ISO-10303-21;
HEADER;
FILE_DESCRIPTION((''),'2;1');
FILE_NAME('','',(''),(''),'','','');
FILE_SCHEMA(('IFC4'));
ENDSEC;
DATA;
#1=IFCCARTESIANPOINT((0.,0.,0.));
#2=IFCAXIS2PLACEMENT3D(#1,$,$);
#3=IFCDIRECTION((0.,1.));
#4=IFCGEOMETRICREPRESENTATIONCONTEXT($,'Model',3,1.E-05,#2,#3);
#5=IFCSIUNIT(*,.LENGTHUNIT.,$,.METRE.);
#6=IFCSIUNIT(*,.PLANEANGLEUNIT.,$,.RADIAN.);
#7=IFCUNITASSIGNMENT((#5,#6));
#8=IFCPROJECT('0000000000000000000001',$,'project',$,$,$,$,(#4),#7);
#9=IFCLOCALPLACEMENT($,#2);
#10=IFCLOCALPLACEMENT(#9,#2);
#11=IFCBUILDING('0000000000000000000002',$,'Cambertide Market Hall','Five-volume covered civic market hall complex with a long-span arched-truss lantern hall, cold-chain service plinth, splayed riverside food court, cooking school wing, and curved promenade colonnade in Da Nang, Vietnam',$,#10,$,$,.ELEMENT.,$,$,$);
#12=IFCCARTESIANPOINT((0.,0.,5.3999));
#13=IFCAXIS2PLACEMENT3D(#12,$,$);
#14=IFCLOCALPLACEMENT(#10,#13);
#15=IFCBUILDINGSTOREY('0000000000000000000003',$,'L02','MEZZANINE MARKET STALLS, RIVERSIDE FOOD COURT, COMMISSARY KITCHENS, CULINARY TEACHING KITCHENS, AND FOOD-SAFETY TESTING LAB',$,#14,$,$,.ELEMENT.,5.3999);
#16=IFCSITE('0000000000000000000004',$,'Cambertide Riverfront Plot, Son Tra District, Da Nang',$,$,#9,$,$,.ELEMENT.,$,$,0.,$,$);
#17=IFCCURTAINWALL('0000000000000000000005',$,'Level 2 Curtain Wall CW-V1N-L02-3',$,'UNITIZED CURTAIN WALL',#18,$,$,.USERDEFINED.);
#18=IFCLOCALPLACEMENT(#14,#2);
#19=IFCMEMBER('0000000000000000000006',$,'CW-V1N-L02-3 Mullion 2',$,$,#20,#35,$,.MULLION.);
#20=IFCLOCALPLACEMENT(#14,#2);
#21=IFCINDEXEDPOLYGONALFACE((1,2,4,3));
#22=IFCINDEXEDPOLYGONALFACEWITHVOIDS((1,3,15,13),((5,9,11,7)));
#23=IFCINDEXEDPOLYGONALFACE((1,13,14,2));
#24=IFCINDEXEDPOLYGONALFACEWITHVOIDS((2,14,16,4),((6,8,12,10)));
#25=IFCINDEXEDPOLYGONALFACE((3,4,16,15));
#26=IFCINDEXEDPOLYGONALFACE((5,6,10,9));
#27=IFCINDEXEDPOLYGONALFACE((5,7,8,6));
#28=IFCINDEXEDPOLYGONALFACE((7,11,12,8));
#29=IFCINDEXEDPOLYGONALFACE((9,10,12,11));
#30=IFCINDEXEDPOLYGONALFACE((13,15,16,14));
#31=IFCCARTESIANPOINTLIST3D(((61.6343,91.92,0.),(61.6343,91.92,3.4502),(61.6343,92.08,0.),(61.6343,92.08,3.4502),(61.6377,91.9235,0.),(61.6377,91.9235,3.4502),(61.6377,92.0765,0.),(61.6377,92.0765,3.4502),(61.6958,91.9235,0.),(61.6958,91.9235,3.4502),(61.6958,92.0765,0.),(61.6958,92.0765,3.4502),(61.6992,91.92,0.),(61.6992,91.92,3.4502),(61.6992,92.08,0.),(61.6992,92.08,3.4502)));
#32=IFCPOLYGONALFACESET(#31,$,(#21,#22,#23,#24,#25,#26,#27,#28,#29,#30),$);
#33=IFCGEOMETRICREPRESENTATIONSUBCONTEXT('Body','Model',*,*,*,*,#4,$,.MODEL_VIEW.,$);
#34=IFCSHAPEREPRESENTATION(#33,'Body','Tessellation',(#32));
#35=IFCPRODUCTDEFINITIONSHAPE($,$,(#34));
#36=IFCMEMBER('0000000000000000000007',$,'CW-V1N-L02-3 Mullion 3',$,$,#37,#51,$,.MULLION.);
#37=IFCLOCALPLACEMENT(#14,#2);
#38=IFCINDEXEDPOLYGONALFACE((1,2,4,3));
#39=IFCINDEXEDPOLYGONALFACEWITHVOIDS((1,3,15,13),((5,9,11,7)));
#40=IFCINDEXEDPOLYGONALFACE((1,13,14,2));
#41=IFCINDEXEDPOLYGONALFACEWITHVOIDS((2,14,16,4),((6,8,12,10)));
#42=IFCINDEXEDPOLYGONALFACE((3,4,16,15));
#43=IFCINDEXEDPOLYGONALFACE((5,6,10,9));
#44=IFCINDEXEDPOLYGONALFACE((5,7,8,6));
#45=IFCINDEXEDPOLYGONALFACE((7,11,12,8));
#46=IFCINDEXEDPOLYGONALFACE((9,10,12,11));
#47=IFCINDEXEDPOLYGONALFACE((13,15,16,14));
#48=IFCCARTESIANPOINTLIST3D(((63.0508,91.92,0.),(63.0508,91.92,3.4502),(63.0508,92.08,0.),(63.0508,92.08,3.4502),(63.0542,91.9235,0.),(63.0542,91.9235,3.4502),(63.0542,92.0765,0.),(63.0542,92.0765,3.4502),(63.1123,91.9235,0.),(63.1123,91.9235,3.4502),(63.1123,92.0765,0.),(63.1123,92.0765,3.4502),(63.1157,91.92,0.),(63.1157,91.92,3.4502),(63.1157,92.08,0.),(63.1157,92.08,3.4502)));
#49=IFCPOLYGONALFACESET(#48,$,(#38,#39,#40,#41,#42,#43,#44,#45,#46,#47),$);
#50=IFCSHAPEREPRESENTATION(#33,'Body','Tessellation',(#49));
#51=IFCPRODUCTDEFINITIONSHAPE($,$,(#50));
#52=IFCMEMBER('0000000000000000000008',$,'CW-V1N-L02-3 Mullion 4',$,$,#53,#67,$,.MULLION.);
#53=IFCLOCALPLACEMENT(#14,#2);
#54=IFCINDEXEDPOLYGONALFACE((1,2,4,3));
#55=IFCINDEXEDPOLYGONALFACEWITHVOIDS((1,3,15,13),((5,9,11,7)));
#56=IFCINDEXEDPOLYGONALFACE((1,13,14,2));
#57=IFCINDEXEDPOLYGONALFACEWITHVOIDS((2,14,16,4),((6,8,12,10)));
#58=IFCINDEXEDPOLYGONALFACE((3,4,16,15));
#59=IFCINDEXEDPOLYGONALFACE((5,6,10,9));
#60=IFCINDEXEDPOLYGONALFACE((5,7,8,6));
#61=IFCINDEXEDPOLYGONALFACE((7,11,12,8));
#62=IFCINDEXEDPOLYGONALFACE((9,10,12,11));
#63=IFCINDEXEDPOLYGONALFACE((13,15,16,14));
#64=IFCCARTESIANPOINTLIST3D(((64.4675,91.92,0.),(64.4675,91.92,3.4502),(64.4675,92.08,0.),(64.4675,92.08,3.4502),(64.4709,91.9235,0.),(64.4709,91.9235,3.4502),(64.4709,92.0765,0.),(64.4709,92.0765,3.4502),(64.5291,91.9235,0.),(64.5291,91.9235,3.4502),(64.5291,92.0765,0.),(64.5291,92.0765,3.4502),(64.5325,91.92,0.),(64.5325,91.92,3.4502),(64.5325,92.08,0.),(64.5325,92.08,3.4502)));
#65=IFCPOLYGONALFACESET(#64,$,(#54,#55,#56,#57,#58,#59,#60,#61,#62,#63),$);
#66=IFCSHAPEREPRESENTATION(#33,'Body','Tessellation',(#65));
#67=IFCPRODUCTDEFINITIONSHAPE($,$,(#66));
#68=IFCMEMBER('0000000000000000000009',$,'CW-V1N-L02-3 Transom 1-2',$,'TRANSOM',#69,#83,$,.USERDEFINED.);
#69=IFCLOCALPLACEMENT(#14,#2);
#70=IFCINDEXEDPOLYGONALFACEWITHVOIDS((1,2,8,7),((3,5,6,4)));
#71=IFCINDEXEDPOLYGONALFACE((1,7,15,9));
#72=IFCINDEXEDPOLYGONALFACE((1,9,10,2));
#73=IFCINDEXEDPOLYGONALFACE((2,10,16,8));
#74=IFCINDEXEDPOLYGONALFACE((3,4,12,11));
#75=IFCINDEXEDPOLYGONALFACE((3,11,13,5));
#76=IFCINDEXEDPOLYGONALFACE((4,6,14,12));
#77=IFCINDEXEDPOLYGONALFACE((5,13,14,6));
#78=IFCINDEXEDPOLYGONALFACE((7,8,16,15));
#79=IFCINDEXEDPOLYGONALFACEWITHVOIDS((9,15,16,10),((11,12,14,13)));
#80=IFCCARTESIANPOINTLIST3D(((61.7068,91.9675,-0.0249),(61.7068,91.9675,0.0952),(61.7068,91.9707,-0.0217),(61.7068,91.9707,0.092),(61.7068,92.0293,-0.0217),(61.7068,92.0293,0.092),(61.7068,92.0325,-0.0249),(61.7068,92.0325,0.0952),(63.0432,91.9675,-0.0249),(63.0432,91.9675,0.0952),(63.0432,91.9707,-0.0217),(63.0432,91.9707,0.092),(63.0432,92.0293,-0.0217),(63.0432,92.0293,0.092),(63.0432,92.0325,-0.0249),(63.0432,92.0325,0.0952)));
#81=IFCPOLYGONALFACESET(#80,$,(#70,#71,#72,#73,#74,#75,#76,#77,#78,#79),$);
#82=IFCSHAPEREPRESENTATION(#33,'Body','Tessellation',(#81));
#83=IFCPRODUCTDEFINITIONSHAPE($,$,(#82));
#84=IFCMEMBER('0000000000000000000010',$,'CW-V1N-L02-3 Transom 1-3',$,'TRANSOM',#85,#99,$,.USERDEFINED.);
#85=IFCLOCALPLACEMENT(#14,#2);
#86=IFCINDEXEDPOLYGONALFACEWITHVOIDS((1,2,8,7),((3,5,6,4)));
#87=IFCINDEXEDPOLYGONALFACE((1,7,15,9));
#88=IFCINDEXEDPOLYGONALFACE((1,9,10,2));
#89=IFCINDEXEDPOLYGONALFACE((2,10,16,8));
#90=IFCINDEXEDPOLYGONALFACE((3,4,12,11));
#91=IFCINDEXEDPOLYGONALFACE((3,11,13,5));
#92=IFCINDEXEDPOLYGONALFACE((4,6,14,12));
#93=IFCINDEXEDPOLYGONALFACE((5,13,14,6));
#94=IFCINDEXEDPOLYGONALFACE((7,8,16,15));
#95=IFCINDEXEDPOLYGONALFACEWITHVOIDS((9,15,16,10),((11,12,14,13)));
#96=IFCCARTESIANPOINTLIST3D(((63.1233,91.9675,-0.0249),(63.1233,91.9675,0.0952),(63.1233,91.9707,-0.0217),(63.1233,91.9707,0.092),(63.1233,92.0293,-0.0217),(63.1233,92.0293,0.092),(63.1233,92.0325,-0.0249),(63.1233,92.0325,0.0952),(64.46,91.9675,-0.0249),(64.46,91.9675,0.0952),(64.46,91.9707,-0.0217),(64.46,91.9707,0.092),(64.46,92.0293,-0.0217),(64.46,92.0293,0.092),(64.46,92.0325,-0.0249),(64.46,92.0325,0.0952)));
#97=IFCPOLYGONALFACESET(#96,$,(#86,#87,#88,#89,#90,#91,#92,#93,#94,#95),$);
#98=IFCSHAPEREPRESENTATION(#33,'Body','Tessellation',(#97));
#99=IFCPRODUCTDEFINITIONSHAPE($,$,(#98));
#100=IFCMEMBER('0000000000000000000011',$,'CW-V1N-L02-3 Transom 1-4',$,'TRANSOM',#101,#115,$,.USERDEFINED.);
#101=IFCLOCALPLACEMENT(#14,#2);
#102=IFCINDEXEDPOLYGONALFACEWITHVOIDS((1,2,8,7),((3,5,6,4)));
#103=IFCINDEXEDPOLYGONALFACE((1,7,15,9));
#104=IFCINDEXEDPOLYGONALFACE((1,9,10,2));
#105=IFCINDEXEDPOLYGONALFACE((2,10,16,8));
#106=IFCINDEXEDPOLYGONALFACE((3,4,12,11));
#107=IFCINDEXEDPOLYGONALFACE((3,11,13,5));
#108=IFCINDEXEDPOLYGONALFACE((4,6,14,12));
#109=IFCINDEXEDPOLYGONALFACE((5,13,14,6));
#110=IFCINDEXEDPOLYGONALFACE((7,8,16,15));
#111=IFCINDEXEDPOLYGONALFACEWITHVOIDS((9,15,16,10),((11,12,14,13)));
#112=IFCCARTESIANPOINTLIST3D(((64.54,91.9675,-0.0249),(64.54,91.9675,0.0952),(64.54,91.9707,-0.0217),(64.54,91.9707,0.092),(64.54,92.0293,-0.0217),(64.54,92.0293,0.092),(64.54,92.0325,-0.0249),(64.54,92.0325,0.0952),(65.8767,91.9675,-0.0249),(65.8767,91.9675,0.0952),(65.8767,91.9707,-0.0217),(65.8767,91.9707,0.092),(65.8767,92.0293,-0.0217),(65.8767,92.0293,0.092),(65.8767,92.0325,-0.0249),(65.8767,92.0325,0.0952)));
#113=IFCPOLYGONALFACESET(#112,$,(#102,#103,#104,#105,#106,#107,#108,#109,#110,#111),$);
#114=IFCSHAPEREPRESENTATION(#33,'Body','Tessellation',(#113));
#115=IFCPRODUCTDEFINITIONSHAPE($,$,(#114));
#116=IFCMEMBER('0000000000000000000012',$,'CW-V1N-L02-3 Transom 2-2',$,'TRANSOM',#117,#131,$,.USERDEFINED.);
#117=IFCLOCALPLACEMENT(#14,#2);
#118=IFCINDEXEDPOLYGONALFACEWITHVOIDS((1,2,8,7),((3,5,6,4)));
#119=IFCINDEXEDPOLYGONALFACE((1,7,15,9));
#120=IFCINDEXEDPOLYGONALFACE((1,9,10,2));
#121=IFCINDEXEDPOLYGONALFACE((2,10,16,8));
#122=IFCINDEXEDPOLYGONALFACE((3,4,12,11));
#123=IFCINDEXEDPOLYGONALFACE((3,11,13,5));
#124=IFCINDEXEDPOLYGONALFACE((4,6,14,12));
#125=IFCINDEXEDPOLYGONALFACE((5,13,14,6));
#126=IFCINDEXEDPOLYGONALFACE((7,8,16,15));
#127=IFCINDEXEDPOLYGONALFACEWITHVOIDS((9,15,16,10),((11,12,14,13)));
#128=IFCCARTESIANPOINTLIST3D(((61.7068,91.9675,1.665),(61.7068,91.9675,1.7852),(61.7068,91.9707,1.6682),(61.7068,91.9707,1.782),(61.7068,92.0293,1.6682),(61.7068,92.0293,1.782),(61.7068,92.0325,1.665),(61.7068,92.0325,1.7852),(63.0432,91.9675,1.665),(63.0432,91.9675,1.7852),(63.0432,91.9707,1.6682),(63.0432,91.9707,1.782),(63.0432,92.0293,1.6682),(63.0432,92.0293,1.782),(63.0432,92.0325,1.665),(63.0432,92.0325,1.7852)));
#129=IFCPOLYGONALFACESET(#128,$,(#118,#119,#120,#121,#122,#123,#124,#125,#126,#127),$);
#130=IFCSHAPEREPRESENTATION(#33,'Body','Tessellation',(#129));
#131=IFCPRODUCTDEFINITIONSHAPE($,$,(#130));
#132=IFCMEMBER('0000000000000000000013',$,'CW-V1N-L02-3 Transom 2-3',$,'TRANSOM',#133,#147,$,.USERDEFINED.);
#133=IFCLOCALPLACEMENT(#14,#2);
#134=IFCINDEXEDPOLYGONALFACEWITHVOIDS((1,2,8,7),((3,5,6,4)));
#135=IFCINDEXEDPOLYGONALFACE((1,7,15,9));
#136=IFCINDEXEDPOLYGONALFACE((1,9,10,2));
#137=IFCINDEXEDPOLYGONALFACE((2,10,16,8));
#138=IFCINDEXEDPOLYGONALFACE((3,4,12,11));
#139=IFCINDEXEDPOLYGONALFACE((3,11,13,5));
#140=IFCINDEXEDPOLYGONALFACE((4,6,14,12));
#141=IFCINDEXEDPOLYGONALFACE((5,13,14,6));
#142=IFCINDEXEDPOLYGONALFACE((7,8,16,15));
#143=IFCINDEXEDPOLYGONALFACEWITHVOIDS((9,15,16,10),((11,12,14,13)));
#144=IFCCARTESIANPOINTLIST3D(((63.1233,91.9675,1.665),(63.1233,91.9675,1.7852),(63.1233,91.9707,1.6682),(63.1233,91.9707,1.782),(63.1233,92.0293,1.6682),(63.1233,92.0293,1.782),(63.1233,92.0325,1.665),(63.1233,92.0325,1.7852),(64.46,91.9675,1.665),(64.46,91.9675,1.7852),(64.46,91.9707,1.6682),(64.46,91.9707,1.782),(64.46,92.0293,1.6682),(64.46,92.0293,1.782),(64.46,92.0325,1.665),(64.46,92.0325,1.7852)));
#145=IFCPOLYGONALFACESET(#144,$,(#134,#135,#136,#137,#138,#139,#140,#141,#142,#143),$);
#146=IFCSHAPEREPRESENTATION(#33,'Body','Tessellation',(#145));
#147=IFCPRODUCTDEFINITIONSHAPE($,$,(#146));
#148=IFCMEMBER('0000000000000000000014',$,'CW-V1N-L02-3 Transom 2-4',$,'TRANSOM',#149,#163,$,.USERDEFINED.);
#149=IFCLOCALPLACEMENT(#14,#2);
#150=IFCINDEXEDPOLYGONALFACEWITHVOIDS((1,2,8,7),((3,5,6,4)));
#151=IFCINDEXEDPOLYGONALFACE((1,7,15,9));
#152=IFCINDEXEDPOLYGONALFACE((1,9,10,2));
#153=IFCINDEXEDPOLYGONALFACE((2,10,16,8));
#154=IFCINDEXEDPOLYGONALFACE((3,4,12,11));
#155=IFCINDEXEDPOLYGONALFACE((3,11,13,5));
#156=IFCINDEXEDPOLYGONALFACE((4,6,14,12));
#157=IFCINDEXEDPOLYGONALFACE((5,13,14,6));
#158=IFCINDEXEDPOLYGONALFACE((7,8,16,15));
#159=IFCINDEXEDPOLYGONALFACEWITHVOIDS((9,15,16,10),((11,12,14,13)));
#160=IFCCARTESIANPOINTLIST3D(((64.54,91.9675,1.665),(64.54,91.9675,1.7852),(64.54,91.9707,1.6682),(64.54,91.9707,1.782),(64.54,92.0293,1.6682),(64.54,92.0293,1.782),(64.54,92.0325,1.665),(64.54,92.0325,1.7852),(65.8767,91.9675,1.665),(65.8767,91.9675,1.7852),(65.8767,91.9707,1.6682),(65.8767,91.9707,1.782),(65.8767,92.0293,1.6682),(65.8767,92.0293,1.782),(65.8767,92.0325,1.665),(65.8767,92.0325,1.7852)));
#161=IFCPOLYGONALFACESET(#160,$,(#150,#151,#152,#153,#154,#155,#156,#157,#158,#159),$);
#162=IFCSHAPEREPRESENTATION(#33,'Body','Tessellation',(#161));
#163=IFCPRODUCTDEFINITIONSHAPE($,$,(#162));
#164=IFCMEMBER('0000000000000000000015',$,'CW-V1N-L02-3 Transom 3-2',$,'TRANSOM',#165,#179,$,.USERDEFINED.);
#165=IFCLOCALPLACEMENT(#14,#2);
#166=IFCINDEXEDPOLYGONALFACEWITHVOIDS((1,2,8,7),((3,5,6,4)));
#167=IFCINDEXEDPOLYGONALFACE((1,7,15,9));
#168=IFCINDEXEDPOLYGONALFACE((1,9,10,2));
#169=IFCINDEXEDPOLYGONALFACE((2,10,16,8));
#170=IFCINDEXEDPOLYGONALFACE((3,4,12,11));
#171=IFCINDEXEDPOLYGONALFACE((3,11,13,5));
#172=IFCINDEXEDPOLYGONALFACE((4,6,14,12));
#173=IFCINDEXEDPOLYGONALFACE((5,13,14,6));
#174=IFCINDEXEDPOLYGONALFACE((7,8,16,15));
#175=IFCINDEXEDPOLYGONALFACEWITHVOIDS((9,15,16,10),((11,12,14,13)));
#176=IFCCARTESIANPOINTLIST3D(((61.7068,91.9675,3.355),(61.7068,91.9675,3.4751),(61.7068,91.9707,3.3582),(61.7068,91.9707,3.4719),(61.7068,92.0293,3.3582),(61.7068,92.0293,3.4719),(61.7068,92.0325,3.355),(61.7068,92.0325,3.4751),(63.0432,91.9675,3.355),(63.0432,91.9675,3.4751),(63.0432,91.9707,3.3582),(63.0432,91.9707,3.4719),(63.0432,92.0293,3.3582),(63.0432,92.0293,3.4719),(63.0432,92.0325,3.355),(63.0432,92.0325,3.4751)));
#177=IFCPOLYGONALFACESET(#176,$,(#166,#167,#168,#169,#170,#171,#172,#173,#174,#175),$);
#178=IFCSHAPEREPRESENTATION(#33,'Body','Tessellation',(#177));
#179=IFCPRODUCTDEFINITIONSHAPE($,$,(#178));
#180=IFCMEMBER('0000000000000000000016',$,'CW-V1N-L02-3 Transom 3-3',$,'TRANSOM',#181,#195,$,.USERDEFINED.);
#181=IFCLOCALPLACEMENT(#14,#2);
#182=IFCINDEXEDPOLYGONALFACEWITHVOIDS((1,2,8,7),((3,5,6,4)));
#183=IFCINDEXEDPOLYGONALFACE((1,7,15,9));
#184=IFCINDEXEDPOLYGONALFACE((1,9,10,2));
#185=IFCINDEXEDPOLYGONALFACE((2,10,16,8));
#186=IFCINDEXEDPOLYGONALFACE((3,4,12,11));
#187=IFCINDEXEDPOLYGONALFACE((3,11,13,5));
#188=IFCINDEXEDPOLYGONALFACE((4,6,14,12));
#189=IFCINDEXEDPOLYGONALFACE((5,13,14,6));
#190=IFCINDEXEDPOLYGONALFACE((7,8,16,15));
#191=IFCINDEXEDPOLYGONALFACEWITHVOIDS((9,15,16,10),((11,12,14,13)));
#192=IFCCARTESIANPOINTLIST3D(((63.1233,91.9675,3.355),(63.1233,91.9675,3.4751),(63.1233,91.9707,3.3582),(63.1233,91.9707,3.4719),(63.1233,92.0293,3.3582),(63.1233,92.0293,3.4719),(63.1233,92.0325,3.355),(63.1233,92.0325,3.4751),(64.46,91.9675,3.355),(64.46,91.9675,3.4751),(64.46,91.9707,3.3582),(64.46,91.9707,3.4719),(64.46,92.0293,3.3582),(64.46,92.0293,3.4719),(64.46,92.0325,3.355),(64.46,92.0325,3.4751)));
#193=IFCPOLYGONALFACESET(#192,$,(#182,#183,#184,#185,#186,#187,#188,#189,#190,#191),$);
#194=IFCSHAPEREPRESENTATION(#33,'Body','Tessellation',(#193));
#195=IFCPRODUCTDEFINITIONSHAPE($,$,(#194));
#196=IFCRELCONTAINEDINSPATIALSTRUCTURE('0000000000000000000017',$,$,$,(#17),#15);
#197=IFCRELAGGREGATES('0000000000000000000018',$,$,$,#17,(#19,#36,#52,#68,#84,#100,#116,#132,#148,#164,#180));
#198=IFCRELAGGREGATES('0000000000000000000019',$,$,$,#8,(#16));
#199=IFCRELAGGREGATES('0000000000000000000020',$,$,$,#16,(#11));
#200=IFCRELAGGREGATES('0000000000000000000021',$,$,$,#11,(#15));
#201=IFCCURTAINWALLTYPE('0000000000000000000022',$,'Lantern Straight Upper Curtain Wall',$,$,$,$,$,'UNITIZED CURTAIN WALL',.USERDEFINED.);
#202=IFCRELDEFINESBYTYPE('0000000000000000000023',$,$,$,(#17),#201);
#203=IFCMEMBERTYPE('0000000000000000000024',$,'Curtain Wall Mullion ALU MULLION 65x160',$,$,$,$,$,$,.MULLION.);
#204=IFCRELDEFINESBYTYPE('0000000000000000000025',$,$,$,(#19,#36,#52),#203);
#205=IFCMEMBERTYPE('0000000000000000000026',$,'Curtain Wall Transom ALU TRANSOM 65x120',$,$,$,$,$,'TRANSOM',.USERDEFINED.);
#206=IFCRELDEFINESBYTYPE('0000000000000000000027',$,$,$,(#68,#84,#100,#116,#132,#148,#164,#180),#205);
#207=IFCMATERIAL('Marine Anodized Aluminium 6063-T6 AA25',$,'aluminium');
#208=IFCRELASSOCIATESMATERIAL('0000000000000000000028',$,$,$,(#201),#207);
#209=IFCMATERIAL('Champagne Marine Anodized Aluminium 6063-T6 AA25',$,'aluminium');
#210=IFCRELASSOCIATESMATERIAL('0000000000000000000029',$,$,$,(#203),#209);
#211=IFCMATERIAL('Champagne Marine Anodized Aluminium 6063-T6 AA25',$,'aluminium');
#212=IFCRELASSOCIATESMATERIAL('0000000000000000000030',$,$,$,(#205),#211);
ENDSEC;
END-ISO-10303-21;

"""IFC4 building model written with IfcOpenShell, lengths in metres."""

from ifc_helpers import new_model, si_unit, direction, frame, origin, origin_2d, place, context, subcontext, project, spatial, hollow_rectangle, extrude, material, material_profile, profile_set, type_object, element, aggregate, save


model = new_model("IFC4")

# Units and contexts
model_context = context("Model", 3, precision=1e-05, world=origin(), true_north=direction((0.0, 1.0)))
body_context = subcontext(model_context, "Body", "Model", "MODEL_VIEW")
ifc_project = project(units=[si_unit("LENGTHUNIT", "METRE"), si_unit("PLANEANGLEUNIT", "RADIAN")], contexts=[model_context])

# Site, building, storey
site_placement = place(None, origin())
site = spatial("IfcSite", under=ifc_project, at=site_placement, Name="Cambertide Riverfront Plot, Son Tra District, Da Nang", CompositionType="ELEMENT", RefElevation=0.0)
building_placement = place(site_placement, origin())
building = spatial("IfcBuilding", under=site, at=building_placement, Name="Cambertide Market Hall", Description="Five-volume covered civic market hall complex with a long-span arched-truss lantern hall, cold-chain service plinth, splayed riverside food court, cooking school wing, and curved promenade colonnade in Da Nang, Vietnam", CompositionType="ELEMENT")
storey_placement = place(building_placement, frame((0.0, 0.0, 5.3999)))
storey = spatial("IfcBuildingStorey", under=building, at=storey_placement, Name="L02", Description="MEZZANINE MARKET STALLS, RIVERSIDE FOOD COURT, COMMISSARY KITCHENS, CULINARY TEACHING KITCHENS, AND FOOD-SAFETY TESTING LAB", CompositionType="ELEMENT", Elevation=5.3999)

# Curtain wall, members
ifc_material_1 = material(Name="Marine Anodized Aluminium 6063-T6 AA25", Category="aluminium")
curtain_wall_type = type_object("IfcCurtainWallType", Name="Lantern Straight Upper Curtain Wall", ElementType="UNITIZED CURTAIN WALL", PredefinedType="USERDEFINED", material=ifc_material_1)
curtain_wall_placement = place(storey_placement, origin())
curtain_wall = element("IfcCurtainWall", 1, at=curtain_wall_placement, inside=storey, type_object=curtain_wall_type, Name="Level 2 Curtain Wall CW-V1N-L02-3", ObjectType="UNITIZED CURTAIN WALL", PredefinedType="USERDEFINED")
ifc_material_2 = material(Name="Champagne Marine Anodized Aluminium 6063-T6 AA25", Category="aluminium")
ifc_material_profile_1 = material_profile(ifc_material_2, hollow_rectangle(XDim=0.0649, YDim=0.1599, WallThickness=0.0034, at=origin_2d()), Name="ALU MULLION 65x160")
ifc_profile_set_1 = profile_set([ifc_material_profile_1], Name="Champagne Marine Anodized Aluminium 6063-T6 AA25")
member_type_1 = type_object("IfcMemberType", Name="Curtain Wall Mullion ALU MULLION 65x160", PredefinedType="MULLION", material=ifc_profile_set_1)
member_1_placement = place(storey_placement, frame((61.6667, 92.0, 0.0), z_axis=(0.0, 0.0, 1.0), x_axis=(1.0, 0.0, 0.0)))
member_1 = element("IfcMember", 2, at=member_1_placement, type_object=member_type_1, Name="CW-V1N-L02-3 Mullion 2", PredefinedType="MULLION", context=body_context, shape_type="SweptSolid", body=[
    extrude(hollow_rectangle(XDim=0.0649, YDim=0.1599, WallThickness=0.0034, at=origin_2d()), origin(), (0.0, 0.0, 1.0), 3.4502),
])
member_2_placement = place(storey_placement, frame((63.0833, 92.0, 0.0), z_axis=(0.0, 0.0, 1.0), x_axis=(1.0, 0.0, 0.0)))
member_2 = element("IfcMember", 3, at=member_2_placement, type_object=member_type_1, Name="CW-V1N-L02-3 Mullion 3", PredefinedType="MULLION", context=body_context, shape_type="SweptSolid", body=[
    extrude(hollow_rectangle(XDim=0.0649, YDim=0.1599, WallThickness=0.0034, at=origin_2d()), origin(), (0.0, 0.0, 1.0), 3.4502),
])
member_3_placement = place(storey_placement, frame((64.5, 92.0, 0.0), z_axis=(0.0, 0.0, 1.0), x_axis=(1.0, 0.0, 0.0)))
member_3 = element("IfcMember", 4, at=member_3_placement, type_object=member_type_1, Name="CW-V1N-L02-3 Mullion 4", PredefinedType="MULLION", context=body_context, shape_type="SweptSolid", body=[
    extrude(hollow_rectangle(XDim=0.0649, YDim=0.1599, WallThickness=0.0034, at=origin_2d()), origin(), (0.0, 0.0, 1.0), 3.4502),
])
ifc_material_3 = material(Name="Champagne Marine Anodized Aluminium 6063-T6 AA25", Category="aluminium")
ifc_material_profile_2 = material_profile(ifc_material_3, hollow_rectangle(XDim=0.0649, YDim=0.1201, WallThickness=0.0032, at=origin_2d()), Name="ALU TRANSOM 65x120")
ifc_profile_set_2 = profile_set([ifc_material_profile_2], Name="Champagne Marine Anodized Aluminium 6063-T6 AA25")
member_type_2 = type_object("IfcMemberType", Name="Curtain Wall Transom ALU TRANSOM 65x120", ElementType="TRANSOM", PredefinedType="USERDEFINED", material=ifc_profile_set_2)
member_4_placement = place(storey_placement, frame((61.7068, 92.0, 0.0352), z_axis=(1.0, 0.0, 0.0), x_axis=(0.0, 1.0, 0.0)))
member_4 = element("IfcMember", 5, at=member_4_placement, type_object=member_type_2, Name="CW-V1N-L02-3 Transom 1-2", ObjectType="TRANSOM", PredefinedType="USERDEFINED", context=body_context, shape_type="SweptSolid", body=[
    extrude(hollow_rectangle(XDim=0.0649, YDim=0.1201, WallThickness=0.0032, at=origin_2d()), origin(), (0.0, 0.0, 1.0), 1.3364),
])
member_5_placement = place(storey_placement, frame((63.1233, 92.0, 0.0352), z_axis=(1.0, 0.0, 0.0), x_axis=(0.0, 1.0, 0.0)))
member_5 = element("IfcMember", 6, at=member_5_placement, type_object=member_type_2, Name="CW-V1N-L02-3 Transom 1-3", ObjectType="TRANSOM", PredefinedType="USERDEFINED", context=body_context, shape_type="SweptSolid", body=[
    extrude(hollow_rectangle(XDim=0.0649, YDim=0.1201, WallThickness=0.0032, at=origin_2d()), origin(), (0.0, 0.0, 1.0), 1.3367),
])
member_6_placement = place(storey_placement, frame((64.54, 92.0, 0.0352), z_axis=(1.0, 0.0, 0.0), x_axis=(0.0, 1.0, 0.0)))
member_6 = element("IfcMember", 7, at=member_6_placement, type_object=member_type_2, Name="CW-V1N-L02-3 Transom 1-4", ObjectType="TRANSOM", PredefinedType="USERDEFINED", context=body_context, shape_type="SweptSolid", body=[
    extrude(hollow_rectangle(XDim=0.0649, YDim=0.1201, WallThickness=0.0032, at=origin_2d()), origin(), (0.0, 0.0, 1.0), 1.3367),
])
member_7_placement = place(storey_placement, frame((61.7068, 92.0, 1.7251), z_axis=(1.0, 0.0, 0.0), x_axis=(0.0, 1.0, 0.0)))
member_7 = element("IfcMember", 8, at=member_7_placement, type_object=member_type_2, Name="CW-V1N-L02-3 Transom 2-2", ObjectType="TRANSOM", PredefinedType="USERDEFINED", context=body_context, shape_type="SweptSolid", body=[
    extrude(hollow_rectangle(XDim=0.0649, YDim=0.1201, WallThickness=0.0032, at=origin_2d()), origin(), (0.0, 0.0, 1.0), 1.3364),
])
member_8_placement = place(storey_placement, frame((63.1233, 92.0, 1.7251), z_axis=(1.0, 0.0, 0.0), x_axis=(0.0, 1.0, 0.0)))
member_8 = element("IfcMember", 9, at=member_8_placement, type_object=member_type_2, Name="CW-V1N-L02-3 Transom 2-3", ObjectType="TRANSOM", PredefinedType="USERDEFINED", context=body_context, shape_type="SweptSolid", body=[
    extrude(hollow_rectangle(XDim=0.0649, YDim=0.1201, WallThickness=0.0032, at=origin_2d()), origin(), (0.0, 0.0, 1.0), 1.3367),
])
member_9_placement = place(storey_placement, frame((64.54, 92.0, 1.7251), z_axis=(1.0, 0.0, 0.0), x_axis=(0.0, 1.0, 0.0)))
member_9 = element("IfcMember", 10, at=member_9_placement, type_object=member_type_2, Name="CW-V1N-L02-3 Transom 2-4", ObjectType="TRANSOM", PredefinedType="USERDEFINED", context=body_context, shape_type="SweptSolid", body=[
    extrude(hollow_rectangle(XDim=0.0649, YDim=0.1201, WallThickness=0.0032, at=origin_2d()), origin(), (0.0, 0.0, 1.0), 1.3367),
])
member_10_placement = place(storey_placement, frame((61.7068, 92.0, 3.415), z_axis=(1.0, 0.0, 0.0), x_axis=(0.0, 1.0, 0.0)))
member_10 = element("IfcMember", 11, at=member_10_placement, type_object=member_type_2, Name="CW-V1N-L02-3 Transom 3-2", ObjectType="TRANSOM", PredefinedType="USERDEFINED", context=body_context, shape_type="SweptSolid", body=[
    extrude(hollow_rectangle(XDim=0.0649, YDim=0.1201, WallThickness=0.0032, at=origin_2d()), origin(), (0.0, 0.0, 1.0), 1.3364),
])
member_11_placement = place(storey_placement, frame((63.1233, 92.0, 3.415), z_axis=(1.0, 0.0, 0.0), x_axis=(0.0, 1.0, 0.0)))
member_11 = element("IfcMember", 12, at=member_11_placement, type_object=member_type_2, Name="CW-V1N-L02-3 Transom 3-3", ObjectType="TRANSOM", PredefinedType="USERDEFINED", context=body_context, shape_type="SweptSolid", body=[
    extrude(hollow_rectangle(XDim=0.0649, YDim=0.1201, WallThickness=0.0032, at=origin_2d()), origin(), (0.0, 0.0, 1.0), 1.3367),
])
aggregate(curtain_wall, [member_1, member_2, member_3, member_4, member_5, member_6, member_7, member_8, member_9, member_10, member_11])

save(model, "model.ifc")
